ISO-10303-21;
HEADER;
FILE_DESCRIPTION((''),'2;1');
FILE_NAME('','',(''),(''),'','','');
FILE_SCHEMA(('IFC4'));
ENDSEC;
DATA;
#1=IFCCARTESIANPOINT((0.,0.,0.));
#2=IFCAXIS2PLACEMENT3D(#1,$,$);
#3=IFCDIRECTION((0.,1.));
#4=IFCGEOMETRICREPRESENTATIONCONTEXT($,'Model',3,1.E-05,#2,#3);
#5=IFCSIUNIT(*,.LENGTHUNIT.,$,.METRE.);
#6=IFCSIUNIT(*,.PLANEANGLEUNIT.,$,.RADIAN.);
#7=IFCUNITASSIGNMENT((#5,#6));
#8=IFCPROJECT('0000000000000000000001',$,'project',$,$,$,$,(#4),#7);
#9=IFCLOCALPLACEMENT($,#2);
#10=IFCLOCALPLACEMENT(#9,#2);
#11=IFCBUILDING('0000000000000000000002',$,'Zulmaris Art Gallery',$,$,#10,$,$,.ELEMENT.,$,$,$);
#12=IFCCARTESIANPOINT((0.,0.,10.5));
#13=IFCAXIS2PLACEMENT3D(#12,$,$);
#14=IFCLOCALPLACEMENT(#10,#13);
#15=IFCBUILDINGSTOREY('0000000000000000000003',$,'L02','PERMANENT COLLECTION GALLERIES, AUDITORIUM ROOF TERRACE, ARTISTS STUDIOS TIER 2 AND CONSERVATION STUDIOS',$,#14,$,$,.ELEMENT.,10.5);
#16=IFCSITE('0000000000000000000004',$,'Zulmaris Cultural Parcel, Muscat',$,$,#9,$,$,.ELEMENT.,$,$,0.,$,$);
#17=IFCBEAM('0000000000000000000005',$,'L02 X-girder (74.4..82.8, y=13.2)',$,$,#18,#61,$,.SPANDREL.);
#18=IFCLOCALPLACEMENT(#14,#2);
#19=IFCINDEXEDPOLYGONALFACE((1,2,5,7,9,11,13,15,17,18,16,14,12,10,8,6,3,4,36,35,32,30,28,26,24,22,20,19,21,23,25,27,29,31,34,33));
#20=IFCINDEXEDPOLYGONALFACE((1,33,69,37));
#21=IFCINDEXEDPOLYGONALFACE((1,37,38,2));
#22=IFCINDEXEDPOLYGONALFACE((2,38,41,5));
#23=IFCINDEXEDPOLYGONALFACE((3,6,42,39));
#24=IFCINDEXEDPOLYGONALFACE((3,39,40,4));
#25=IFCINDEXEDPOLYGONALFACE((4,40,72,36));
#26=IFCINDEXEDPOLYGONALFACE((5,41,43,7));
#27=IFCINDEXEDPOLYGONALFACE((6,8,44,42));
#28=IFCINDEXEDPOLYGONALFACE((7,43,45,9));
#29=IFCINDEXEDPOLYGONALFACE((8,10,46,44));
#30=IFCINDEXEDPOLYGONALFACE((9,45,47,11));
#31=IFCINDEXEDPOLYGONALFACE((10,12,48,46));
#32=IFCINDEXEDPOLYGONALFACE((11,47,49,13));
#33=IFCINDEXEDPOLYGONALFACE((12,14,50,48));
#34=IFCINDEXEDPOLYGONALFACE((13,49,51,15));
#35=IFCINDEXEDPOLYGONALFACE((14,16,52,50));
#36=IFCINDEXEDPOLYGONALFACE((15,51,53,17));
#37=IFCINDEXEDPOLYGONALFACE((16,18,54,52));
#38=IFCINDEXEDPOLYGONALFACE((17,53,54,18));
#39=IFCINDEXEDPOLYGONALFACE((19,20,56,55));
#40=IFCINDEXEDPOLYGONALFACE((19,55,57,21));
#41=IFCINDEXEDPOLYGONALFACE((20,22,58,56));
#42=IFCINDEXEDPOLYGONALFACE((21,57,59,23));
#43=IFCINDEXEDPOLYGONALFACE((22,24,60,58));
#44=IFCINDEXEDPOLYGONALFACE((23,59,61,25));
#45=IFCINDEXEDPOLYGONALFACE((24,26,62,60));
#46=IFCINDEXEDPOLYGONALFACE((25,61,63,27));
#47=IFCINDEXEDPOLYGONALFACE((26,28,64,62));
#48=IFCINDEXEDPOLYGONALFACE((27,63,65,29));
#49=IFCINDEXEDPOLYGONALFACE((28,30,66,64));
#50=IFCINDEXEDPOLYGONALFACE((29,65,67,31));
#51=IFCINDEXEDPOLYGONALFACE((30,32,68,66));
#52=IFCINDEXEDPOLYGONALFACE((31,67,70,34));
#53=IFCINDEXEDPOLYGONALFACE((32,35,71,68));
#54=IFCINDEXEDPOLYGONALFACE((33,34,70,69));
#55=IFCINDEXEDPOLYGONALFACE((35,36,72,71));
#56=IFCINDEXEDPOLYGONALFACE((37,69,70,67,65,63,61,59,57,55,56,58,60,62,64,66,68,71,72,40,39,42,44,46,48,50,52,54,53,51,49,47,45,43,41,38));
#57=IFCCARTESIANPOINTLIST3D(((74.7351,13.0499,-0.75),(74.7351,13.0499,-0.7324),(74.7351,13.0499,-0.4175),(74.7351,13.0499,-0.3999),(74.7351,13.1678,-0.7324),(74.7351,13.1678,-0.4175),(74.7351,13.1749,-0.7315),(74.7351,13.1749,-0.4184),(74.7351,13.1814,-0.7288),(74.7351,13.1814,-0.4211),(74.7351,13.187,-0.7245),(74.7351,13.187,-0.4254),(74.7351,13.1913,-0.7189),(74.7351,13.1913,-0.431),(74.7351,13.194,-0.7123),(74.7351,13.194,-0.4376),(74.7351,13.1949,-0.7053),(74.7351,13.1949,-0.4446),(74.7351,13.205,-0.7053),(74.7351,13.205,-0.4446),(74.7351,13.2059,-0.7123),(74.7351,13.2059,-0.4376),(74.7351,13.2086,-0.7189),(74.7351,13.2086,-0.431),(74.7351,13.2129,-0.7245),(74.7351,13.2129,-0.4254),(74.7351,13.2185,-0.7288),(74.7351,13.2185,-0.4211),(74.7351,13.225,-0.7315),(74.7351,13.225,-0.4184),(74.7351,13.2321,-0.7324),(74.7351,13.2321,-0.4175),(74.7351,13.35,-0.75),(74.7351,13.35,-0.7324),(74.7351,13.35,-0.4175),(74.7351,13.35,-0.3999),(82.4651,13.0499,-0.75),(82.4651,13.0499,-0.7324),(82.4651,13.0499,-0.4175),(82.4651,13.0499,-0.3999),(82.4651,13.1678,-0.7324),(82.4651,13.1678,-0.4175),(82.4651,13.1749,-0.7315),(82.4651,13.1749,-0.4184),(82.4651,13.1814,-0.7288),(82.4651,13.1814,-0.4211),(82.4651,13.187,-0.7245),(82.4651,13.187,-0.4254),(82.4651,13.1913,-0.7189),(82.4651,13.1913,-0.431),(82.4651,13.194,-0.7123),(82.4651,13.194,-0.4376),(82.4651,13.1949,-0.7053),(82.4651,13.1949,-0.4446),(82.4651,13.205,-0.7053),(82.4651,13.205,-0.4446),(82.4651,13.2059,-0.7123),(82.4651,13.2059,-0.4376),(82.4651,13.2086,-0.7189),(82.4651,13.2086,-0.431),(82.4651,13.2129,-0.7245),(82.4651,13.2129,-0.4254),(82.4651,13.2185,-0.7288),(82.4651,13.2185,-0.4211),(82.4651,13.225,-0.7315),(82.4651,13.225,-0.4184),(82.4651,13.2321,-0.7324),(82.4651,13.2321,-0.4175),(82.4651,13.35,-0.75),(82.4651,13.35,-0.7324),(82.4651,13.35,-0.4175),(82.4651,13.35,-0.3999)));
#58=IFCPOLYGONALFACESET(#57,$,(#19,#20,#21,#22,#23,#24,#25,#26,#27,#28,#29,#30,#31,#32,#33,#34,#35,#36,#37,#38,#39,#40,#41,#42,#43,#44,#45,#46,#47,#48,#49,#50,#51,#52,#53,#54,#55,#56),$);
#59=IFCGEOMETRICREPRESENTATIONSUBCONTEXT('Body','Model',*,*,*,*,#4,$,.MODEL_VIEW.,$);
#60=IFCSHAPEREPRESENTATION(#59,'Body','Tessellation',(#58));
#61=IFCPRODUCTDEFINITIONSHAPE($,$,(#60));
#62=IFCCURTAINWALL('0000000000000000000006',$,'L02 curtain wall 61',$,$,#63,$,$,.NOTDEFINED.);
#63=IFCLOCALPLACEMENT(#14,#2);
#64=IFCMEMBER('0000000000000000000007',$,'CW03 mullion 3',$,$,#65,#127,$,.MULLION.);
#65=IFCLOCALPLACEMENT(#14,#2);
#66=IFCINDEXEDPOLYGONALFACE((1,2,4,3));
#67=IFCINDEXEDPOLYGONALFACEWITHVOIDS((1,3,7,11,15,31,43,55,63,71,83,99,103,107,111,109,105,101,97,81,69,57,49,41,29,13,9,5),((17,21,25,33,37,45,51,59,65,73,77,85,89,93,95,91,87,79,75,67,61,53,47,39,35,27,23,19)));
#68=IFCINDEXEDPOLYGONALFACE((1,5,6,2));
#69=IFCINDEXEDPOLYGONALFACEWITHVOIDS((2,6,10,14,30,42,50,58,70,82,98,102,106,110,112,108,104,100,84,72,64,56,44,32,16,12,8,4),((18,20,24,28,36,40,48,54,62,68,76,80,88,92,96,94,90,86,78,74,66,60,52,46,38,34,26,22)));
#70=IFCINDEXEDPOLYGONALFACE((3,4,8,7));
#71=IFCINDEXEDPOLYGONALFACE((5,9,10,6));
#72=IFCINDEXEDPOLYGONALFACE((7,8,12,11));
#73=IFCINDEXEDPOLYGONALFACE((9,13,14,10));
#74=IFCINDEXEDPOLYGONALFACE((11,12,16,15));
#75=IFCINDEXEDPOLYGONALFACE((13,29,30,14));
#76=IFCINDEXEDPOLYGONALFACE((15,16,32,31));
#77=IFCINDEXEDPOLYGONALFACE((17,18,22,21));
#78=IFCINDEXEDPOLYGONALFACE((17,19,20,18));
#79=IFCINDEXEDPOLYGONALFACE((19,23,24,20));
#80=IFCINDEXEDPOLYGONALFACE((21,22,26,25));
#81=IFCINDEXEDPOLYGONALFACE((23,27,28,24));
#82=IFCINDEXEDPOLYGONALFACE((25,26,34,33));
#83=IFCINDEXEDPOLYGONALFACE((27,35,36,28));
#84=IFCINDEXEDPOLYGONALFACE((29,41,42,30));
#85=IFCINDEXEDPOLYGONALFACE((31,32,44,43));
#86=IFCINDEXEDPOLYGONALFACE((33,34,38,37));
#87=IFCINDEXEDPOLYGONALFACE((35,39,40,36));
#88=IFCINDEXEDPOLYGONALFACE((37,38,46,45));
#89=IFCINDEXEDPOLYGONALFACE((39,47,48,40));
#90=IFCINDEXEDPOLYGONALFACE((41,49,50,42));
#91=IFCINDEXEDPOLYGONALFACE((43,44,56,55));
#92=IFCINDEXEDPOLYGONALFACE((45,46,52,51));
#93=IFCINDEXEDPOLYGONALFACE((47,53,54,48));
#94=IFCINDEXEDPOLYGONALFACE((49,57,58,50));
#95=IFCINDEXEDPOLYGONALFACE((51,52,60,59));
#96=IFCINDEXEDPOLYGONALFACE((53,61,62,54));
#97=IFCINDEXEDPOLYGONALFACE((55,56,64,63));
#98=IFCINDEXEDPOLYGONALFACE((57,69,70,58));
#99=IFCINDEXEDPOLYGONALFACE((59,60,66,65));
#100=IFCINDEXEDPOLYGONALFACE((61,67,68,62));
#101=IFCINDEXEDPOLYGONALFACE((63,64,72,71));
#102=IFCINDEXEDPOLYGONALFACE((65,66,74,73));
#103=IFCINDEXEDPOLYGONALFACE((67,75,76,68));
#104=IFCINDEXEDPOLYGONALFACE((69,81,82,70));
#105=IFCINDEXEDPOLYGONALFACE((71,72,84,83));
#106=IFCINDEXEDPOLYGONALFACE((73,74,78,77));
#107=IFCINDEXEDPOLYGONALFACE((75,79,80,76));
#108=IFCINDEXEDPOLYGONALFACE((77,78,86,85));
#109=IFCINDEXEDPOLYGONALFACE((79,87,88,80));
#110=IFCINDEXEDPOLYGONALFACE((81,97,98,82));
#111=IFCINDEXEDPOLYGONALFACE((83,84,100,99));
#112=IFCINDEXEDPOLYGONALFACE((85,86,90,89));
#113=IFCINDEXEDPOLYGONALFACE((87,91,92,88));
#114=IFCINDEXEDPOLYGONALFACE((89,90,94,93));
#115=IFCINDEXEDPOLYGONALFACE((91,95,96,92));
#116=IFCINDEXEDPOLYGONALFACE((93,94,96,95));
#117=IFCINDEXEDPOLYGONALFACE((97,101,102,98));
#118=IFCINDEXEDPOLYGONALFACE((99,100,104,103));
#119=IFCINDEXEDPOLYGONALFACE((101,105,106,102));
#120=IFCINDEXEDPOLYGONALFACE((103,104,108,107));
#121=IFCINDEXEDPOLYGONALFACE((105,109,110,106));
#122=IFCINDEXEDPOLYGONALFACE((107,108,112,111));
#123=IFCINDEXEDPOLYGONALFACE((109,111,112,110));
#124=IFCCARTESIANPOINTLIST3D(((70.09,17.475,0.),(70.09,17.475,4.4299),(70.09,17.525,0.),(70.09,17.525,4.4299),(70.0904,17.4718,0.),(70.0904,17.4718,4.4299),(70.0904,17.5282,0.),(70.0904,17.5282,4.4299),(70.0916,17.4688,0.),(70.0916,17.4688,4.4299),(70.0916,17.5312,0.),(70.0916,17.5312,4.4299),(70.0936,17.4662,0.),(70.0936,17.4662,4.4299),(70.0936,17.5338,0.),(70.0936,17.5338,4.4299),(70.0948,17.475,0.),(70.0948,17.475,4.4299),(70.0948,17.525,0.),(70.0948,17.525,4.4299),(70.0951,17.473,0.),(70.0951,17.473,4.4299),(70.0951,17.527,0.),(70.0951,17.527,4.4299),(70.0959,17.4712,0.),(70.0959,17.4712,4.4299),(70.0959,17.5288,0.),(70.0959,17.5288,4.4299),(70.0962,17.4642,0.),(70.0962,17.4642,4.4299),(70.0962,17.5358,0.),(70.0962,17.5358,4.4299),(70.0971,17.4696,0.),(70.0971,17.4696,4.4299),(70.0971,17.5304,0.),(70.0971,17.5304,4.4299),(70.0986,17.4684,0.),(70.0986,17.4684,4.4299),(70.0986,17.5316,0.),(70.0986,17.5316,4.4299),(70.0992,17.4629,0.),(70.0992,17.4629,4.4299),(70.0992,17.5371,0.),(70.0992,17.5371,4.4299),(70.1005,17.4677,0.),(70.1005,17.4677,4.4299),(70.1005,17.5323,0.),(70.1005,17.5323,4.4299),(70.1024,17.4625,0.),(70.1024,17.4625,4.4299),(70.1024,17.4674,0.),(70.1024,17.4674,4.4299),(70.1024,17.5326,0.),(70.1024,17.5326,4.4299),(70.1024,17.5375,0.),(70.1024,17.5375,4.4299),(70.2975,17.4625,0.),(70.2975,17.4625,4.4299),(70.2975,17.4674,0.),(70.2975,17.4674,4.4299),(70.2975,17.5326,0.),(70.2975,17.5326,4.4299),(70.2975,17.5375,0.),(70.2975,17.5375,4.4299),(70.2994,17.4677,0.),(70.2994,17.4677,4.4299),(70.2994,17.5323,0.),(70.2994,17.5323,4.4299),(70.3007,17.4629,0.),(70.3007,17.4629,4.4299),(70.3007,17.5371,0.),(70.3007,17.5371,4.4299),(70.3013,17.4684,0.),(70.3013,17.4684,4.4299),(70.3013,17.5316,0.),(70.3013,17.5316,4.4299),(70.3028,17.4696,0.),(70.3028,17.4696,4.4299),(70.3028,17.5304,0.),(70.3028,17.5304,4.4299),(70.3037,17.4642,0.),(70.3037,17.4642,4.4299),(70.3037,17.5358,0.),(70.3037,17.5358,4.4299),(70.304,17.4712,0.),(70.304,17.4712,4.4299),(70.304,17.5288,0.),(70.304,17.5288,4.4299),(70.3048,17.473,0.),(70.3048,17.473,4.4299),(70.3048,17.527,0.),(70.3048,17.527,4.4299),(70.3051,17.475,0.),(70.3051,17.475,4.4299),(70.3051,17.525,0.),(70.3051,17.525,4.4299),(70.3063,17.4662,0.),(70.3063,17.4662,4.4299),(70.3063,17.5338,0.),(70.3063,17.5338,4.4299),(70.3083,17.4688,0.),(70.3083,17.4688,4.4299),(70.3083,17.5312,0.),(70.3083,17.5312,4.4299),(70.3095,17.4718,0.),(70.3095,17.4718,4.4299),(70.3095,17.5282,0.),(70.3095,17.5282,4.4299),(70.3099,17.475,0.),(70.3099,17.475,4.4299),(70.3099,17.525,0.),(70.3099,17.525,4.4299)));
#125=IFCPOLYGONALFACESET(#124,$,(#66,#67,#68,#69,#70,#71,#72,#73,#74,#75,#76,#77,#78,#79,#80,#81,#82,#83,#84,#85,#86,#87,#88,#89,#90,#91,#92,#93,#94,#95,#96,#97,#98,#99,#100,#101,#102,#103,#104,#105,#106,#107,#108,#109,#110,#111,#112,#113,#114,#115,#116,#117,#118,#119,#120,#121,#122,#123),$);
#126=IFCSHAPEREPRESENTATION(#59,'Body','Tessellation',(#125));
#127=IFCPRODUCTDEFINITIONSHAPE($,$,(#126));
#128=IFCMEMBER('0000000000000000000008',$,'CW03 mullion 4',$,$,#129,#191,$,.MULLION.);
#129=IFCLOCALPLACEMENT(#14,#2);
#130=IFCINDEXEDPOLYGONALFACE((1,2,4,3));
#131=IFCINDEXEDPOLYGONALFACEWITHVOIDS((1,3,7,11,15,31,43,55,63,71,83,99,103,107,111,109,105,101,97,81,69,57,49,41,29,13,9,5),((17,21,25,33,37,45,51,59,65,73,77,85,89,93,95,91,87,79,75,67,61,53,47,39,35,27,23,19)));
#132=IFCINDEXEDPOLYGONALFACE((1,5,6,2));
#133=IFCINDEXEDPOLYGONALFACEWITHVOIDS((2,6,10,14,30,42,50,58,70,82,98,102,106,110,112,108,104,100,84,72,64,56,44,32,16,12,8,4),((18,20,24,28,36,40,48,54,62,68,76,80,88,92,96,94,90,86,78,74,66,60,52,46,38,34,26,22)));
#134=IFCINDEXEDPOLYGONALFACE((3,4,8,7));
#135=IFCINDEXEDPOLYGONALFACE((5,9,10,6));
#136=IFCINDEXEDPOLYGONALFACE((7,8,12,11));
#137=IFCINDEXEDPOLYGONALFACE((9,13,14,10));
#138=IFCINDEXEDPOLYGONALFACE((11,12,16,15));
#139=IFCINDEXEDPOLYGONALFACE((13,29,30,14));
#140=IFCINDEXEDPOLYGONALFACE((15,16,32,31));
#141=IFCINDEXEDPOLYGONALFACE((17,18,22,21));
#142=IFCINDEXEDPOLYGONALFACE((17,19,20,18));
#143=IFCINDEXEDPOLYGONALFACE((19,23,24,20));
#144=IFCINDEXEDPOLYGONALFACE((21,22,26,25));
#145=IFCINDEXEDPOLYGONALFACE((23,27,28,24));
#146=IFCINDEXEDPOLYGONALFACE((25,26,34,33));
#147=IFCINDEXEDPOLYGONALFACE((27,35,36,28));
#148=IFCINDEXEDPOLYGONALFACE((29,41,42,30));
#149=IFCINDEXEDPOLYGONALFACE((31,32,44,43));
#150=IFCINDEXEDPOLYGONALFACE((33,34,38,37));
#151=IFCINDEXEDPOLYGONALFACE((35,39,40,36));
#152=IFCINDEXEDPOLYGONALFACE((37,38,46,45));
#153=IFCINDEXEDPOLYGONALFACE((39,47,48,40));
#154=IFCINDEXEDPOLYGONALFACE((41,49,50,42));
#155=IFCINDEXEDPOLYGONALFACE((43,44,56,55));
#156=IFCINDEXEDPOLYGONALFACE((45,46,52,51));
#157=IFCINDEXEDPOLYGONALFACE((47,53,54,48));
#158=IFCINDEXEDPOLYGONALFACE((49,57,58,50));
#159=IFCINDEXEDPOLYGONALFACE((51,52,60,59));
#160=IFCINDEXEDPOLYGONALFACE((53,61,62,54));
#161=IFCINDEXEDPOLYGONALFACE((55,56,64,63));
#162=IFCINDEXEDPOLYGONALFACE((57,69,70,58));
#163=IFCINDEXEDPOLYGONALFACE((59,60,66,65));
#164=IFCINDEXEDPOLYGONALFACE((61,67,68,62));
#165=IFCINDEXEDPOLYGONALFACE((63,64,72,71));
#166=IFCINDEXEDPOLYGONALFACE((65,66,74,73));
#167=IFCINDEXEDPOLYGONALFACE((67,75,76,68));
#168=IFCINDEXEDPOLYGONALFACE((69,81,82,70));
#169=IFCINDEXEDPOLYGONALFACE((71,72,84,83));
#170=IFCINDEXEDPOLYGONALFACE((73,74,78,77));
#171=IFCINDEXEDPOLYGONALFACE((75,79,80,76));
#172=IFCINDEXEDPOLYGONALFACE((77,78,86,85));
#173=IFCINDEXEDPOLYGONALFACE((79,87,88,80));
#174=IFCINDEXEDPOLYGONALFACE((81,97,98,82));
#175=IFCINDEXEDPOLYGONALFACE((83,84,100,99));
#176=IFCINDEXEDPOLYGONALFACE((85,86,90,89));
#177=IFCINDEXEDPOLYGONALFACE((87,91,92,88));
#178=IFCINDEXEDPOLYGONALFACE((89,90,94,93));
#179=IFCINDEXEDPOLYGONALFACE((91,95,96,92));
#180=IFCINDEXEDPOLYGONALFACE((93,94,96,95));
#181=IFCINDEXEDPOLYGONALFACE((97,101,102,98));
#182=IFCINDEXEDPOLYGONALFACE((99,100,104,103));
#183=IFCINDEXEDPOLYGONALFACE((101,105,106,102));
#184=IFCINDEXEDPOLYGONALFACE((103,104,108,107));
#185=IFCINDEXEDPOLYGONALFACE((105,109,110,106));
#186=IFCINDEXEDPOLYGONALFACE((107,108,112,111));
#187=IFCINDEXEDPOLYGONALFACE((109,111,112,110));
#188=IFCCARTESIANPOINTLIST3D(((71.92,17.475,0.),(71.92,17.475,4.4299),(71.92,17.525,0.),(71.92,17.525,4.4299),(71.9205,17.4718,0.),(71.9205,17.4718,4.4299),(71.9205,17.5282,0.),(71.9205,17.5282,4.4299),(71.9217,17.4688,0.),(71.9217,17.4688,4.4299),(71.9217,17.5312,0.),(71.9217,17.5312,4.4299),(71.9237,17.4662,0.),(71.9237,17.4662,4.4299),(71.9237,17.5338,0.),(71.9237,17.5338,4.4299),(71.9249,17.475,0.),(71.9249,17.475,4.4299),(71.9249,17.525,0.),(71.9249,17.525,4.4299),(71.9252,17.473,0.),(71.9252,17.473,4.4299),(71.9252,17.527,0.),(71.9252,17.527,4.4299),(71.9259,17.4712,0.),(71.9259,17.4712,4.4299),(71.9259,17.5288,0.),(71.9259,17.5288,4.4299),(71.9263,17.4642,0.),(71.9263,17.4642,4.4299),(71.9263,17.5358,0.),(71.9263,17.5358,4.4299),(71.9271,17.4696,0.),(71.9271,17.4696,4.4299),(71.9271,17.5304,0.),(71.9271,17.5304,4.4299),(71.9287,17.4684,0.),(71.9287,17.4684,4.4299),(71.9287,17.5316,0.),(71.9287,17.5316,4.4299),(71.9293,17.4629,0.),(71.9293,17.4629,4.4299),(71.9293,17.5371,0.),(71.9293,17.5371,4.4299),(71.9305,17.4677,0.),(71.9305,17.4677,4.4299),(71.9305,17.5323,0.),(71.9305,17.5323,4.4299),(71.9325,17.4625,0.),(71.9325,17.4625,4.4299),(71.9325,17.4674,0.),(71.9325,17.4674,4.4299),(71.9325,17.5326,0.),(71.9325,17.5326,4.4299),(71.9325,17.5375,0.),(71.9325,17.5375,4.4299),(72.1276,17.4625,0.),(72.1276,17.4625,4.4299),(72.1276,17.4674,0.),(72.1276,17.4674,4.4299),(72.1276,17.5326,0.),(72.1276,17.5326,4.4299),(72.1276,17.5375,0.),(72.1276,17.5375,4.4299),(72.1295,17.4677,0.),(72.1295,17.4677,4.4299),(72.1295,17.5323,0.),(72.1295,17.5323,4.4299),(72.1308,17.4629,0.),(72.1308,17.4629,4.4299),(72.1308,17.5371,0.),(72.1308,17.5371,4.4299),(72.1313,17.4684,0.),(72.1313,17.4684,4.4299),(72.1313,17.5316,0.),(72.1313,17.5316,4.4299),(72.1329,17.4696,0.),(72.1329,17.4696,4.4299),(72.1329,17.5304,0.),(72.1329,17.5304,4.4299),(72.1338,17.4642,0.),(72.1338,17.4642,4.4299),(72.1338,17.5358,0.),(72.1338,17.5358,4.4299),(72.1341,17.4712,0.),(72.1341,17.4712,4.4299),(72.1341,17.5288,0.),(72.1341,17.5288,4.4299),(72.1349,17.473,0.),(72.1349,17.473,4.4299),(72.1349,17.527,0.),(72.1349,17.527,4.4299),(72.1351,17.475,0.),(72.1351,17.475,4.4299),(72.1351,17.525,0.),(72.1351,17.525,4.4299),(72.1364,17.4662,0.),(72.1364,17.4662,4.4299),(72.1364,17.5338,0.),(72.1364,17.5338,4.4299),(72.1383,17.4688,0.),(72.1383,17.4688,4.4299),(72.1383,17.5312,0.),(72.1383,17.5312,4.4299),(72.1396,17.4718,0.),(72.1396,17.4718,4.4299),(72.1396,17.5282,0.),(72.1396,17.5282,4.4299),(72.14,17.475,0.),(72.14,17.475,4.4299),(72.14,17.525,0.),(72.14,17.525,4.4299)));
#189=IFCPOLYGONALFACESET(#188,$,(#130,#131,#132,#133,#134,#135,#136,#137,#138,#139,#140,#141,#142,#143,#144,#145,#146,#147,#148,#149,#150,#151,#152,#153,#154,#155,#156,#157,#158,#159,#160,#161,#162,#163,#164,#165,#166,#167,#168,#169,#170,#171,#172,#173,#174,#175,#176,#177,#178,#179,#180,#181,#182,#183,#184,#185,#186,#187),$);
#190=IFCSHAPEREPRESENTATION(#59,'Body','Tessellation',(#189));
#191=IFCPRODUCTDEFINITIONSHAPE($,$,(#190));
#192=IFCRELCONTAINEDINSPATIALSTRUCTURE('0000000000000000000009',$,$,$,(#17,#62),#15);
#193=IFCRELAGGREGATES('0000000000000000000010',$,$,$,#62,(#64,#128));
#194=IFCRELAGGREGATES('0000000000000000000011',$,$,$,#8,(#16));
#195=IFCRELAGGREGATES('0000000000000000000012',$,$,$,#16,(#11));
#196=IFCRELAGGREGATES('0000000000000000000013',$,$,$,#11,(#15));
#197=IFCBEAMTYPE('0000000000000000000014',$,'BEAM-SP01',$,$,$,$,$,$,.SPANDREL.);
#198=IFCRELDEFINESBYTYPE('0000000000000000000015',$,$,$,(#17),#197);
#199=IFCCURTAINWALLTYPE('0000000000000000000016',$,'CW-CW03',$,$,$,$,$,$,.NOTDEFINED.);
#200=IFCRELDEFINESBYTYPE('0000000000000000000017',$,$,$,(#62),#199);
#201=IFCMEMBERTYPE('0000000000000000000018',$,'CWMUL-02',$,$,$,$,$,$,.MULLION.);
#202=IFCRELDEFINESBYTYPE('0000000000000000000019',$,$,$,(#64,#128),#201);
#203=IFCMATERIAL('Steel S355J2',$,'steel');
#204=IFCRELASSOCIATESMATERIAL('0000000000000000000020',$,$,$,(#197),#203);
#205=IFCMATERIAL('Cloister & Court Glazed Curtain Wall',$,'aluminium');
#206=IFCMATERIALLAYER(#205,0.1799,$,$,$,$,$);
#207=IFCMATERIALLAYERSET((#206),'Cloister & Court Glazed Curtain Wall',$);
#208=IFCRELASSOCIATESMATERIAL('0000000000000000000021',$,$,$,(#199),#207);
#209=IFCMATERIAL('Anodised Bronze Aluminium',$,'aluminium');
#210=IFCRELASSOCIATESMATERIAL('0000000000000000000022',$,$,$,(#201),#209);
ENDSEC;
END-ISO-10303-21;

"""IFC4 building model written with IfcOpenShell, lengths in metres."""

from ifc_helpers import new_model, si_unit, direction, frame, origin, origin_2d, place, context, subcontext, project, spatial, hollow_rectangle, i_section, extrude, material, layer, layer_set, material_profile, profile_set, type_object, element, aggregate, save


model = new_model("IFC4")

# Units and contexts
model_context = context("Model", 3, precision=1e-05, world=origin(), true_north=direction((0.0, 1.0)))
body_context = subcontext(model_context, "Body", "Model", "MODEL_VIEW")
ifc_project = project(units=[si_unit("LENGTHUNIT", "METRE"), si_unit("PLANEANGLEUNIT", "RADIAN")], contexts=[model_context])

# Site, building, storey
site_placement = place(None, origin())
site = spatial("IfcSite", under=ifc_project, at=site_placement, Name="Zulmaris Cultural Parcel, Muscat", CompositionType="ELEMENT", RefElevation=0.0)
building_placement = place(site_placement, origin())
building = spatial("IfcBuilding", under=site, at=building_placement, Name="Zulmaris Art Gallery", CompositionType="ELEMENT")
storey_placement = place(building_placement, frame((0.0, 0.0, 10.5)))
storey = spatial("IfcBuildingStorey", under=building, at=storey_placement, Name="L02", Description="PERMANENT COLLECTION GALLERIES, AUDITORIUM ROOF TERRACE, ARTISTS STUDIOS TIER 2 AND CONSERVATION STUDIOS", CompositionType="ELEMENT", Elevation=10.5)

# Beam
ifc_material_1 = material(Name="Steel S355J2", Category="steel")
ifc_material_profile_1 = material_profile(ifc_material_1, i_section(OverallWidth=0.3, OverallDepth=0.3501, WebThickness=0.01, FlangeThickness=0.0176, FilletRadius=0.0271, at=origin_2d()), Name="HEA 360")
ifc_profile_set_1 = profile_set([ifc_material_profile_1], Name="Steel S355J2")
beam_type_1 = type_object("IfcBeamType", Name="BEAM-SP01", PredefinedType="SPANDREL", material=ifc_profile_set_1)
beam_1_placement = place(storey_placement, frame((74.7351, 13.2, -0.575), z_axis=(1.0, 0.0, 0.0), x_axis=(0.0, 1.0, 0.0)))
element("IfcBeam", 1, at=beam_1_placement, inside=storey, type_object=beam_type_1, Name="L02 X-girder (74.4..82.8, y=13.2)", PredefinedType="SPANDREL", context=body_context, shape_type="SweptSolid", body=[
    extrude(i_section(OverallWidth=0.3, OverallDepth=0.3501, WebThickness=0.01, FlangeThickness=0.0176, FilletRadius=0.0271, at=origin_2d()), origin(), (0.0, 0.0, 1.0), 7.73),
])

# Curtain wall, members
ifc_material_2 = material(Name="Cloister & Court Glazed Curtain Wall", Category="aluminium")
ifc_layer_1 = layer(ifc_material_2, 0.1799)
ifc_layer_set_1 = layer_set([ifc_layer_1], Name="Cloister & Court Glazed Curtain Wall")
curtain_wall_type = type_object("IfcCurtainWallType", Name="CW-CW03", PredefinedType="NOTDEFINED", material=ifc_layer_set_1)
curtain_wall_placement = place(storey_placement, origin())
curtain_wall = element("IfcCurtainWall", 2, at=curtain_wall_placement, inside=storey, type_object=curtain_wall_type, Name="L02 curtain wall 61", PredefinedType="NOTDEFINED")
ifc_material_3 = material(Name="Anodised Bronze Aluminium", Category="aluminium")
ifc_material_profile_2 = material_profile(ifc_material_3, hollow_rectangle(XDim=0.075, YDim=0.22, WallThickness=0.0049, InnerFilletRadius=0.0076, OuterFilletRadius=0.0125, at=origin_2d()), Name="ALU 75x220x5")
ifc_profile_set_2 = profile_set([ifc_material_profile_2], Name="Anodised Bronze Aluminium")
member_type_1 = type_object("IfcMemberType", Name="CWMUL-02", PredefinedType="MULLION", material=ifc_profile_set_2)
member_1_placement = place(storey_placement, frame((70.2, 17.5, 0.0), z_axis=(0.0, 0.0, 1.0), x_axis=(0.0, 1.0, 0.0)))
member_1 = element("IfcMember", 3, at=member_1_placement, type_object=member_type_1, Name="CW03 mullion 3", PredefinedType="MULLION", context=body_context, shape_type="SweptSolid", body=[
    extrude(hollow_rectangle(XDim=0.075, YDim=0.22, WallThickness=0.0049, InnerFilletRadius=0.0076, OuterFilletRadius=0.0125, at=origin_2d()), origin(), (0.0, 0.0, 1.0), 4.4299),
])
member_2_placement = place(storey_placement, frame((72.03, 17.5, 0.0), z_axis=(0.0, 0.0, 1.0), x_axis=(0.0, 1.0, 0.0)))
member_2 = element("IfcMember", 4, at=member_2_placement, type_object=member_type_1, Name="CW03 mullion 4", PredefinedType="MULLION", context=body_context, shape_type="SweptSolid", body=[
    extrude(hollow_rectangle(XDim=0.075, YDim=0.22, WallThickness=0.0049, InnerFilletRadius=0.0076, OuterFilletRadius=0.0125, at=origin_2d()), origin(), (0.0, 0.0, 1.0), 4.4299),
])
aggregate(curtain_wall, [member_1, member_2])

save(model, "model.ifc")
